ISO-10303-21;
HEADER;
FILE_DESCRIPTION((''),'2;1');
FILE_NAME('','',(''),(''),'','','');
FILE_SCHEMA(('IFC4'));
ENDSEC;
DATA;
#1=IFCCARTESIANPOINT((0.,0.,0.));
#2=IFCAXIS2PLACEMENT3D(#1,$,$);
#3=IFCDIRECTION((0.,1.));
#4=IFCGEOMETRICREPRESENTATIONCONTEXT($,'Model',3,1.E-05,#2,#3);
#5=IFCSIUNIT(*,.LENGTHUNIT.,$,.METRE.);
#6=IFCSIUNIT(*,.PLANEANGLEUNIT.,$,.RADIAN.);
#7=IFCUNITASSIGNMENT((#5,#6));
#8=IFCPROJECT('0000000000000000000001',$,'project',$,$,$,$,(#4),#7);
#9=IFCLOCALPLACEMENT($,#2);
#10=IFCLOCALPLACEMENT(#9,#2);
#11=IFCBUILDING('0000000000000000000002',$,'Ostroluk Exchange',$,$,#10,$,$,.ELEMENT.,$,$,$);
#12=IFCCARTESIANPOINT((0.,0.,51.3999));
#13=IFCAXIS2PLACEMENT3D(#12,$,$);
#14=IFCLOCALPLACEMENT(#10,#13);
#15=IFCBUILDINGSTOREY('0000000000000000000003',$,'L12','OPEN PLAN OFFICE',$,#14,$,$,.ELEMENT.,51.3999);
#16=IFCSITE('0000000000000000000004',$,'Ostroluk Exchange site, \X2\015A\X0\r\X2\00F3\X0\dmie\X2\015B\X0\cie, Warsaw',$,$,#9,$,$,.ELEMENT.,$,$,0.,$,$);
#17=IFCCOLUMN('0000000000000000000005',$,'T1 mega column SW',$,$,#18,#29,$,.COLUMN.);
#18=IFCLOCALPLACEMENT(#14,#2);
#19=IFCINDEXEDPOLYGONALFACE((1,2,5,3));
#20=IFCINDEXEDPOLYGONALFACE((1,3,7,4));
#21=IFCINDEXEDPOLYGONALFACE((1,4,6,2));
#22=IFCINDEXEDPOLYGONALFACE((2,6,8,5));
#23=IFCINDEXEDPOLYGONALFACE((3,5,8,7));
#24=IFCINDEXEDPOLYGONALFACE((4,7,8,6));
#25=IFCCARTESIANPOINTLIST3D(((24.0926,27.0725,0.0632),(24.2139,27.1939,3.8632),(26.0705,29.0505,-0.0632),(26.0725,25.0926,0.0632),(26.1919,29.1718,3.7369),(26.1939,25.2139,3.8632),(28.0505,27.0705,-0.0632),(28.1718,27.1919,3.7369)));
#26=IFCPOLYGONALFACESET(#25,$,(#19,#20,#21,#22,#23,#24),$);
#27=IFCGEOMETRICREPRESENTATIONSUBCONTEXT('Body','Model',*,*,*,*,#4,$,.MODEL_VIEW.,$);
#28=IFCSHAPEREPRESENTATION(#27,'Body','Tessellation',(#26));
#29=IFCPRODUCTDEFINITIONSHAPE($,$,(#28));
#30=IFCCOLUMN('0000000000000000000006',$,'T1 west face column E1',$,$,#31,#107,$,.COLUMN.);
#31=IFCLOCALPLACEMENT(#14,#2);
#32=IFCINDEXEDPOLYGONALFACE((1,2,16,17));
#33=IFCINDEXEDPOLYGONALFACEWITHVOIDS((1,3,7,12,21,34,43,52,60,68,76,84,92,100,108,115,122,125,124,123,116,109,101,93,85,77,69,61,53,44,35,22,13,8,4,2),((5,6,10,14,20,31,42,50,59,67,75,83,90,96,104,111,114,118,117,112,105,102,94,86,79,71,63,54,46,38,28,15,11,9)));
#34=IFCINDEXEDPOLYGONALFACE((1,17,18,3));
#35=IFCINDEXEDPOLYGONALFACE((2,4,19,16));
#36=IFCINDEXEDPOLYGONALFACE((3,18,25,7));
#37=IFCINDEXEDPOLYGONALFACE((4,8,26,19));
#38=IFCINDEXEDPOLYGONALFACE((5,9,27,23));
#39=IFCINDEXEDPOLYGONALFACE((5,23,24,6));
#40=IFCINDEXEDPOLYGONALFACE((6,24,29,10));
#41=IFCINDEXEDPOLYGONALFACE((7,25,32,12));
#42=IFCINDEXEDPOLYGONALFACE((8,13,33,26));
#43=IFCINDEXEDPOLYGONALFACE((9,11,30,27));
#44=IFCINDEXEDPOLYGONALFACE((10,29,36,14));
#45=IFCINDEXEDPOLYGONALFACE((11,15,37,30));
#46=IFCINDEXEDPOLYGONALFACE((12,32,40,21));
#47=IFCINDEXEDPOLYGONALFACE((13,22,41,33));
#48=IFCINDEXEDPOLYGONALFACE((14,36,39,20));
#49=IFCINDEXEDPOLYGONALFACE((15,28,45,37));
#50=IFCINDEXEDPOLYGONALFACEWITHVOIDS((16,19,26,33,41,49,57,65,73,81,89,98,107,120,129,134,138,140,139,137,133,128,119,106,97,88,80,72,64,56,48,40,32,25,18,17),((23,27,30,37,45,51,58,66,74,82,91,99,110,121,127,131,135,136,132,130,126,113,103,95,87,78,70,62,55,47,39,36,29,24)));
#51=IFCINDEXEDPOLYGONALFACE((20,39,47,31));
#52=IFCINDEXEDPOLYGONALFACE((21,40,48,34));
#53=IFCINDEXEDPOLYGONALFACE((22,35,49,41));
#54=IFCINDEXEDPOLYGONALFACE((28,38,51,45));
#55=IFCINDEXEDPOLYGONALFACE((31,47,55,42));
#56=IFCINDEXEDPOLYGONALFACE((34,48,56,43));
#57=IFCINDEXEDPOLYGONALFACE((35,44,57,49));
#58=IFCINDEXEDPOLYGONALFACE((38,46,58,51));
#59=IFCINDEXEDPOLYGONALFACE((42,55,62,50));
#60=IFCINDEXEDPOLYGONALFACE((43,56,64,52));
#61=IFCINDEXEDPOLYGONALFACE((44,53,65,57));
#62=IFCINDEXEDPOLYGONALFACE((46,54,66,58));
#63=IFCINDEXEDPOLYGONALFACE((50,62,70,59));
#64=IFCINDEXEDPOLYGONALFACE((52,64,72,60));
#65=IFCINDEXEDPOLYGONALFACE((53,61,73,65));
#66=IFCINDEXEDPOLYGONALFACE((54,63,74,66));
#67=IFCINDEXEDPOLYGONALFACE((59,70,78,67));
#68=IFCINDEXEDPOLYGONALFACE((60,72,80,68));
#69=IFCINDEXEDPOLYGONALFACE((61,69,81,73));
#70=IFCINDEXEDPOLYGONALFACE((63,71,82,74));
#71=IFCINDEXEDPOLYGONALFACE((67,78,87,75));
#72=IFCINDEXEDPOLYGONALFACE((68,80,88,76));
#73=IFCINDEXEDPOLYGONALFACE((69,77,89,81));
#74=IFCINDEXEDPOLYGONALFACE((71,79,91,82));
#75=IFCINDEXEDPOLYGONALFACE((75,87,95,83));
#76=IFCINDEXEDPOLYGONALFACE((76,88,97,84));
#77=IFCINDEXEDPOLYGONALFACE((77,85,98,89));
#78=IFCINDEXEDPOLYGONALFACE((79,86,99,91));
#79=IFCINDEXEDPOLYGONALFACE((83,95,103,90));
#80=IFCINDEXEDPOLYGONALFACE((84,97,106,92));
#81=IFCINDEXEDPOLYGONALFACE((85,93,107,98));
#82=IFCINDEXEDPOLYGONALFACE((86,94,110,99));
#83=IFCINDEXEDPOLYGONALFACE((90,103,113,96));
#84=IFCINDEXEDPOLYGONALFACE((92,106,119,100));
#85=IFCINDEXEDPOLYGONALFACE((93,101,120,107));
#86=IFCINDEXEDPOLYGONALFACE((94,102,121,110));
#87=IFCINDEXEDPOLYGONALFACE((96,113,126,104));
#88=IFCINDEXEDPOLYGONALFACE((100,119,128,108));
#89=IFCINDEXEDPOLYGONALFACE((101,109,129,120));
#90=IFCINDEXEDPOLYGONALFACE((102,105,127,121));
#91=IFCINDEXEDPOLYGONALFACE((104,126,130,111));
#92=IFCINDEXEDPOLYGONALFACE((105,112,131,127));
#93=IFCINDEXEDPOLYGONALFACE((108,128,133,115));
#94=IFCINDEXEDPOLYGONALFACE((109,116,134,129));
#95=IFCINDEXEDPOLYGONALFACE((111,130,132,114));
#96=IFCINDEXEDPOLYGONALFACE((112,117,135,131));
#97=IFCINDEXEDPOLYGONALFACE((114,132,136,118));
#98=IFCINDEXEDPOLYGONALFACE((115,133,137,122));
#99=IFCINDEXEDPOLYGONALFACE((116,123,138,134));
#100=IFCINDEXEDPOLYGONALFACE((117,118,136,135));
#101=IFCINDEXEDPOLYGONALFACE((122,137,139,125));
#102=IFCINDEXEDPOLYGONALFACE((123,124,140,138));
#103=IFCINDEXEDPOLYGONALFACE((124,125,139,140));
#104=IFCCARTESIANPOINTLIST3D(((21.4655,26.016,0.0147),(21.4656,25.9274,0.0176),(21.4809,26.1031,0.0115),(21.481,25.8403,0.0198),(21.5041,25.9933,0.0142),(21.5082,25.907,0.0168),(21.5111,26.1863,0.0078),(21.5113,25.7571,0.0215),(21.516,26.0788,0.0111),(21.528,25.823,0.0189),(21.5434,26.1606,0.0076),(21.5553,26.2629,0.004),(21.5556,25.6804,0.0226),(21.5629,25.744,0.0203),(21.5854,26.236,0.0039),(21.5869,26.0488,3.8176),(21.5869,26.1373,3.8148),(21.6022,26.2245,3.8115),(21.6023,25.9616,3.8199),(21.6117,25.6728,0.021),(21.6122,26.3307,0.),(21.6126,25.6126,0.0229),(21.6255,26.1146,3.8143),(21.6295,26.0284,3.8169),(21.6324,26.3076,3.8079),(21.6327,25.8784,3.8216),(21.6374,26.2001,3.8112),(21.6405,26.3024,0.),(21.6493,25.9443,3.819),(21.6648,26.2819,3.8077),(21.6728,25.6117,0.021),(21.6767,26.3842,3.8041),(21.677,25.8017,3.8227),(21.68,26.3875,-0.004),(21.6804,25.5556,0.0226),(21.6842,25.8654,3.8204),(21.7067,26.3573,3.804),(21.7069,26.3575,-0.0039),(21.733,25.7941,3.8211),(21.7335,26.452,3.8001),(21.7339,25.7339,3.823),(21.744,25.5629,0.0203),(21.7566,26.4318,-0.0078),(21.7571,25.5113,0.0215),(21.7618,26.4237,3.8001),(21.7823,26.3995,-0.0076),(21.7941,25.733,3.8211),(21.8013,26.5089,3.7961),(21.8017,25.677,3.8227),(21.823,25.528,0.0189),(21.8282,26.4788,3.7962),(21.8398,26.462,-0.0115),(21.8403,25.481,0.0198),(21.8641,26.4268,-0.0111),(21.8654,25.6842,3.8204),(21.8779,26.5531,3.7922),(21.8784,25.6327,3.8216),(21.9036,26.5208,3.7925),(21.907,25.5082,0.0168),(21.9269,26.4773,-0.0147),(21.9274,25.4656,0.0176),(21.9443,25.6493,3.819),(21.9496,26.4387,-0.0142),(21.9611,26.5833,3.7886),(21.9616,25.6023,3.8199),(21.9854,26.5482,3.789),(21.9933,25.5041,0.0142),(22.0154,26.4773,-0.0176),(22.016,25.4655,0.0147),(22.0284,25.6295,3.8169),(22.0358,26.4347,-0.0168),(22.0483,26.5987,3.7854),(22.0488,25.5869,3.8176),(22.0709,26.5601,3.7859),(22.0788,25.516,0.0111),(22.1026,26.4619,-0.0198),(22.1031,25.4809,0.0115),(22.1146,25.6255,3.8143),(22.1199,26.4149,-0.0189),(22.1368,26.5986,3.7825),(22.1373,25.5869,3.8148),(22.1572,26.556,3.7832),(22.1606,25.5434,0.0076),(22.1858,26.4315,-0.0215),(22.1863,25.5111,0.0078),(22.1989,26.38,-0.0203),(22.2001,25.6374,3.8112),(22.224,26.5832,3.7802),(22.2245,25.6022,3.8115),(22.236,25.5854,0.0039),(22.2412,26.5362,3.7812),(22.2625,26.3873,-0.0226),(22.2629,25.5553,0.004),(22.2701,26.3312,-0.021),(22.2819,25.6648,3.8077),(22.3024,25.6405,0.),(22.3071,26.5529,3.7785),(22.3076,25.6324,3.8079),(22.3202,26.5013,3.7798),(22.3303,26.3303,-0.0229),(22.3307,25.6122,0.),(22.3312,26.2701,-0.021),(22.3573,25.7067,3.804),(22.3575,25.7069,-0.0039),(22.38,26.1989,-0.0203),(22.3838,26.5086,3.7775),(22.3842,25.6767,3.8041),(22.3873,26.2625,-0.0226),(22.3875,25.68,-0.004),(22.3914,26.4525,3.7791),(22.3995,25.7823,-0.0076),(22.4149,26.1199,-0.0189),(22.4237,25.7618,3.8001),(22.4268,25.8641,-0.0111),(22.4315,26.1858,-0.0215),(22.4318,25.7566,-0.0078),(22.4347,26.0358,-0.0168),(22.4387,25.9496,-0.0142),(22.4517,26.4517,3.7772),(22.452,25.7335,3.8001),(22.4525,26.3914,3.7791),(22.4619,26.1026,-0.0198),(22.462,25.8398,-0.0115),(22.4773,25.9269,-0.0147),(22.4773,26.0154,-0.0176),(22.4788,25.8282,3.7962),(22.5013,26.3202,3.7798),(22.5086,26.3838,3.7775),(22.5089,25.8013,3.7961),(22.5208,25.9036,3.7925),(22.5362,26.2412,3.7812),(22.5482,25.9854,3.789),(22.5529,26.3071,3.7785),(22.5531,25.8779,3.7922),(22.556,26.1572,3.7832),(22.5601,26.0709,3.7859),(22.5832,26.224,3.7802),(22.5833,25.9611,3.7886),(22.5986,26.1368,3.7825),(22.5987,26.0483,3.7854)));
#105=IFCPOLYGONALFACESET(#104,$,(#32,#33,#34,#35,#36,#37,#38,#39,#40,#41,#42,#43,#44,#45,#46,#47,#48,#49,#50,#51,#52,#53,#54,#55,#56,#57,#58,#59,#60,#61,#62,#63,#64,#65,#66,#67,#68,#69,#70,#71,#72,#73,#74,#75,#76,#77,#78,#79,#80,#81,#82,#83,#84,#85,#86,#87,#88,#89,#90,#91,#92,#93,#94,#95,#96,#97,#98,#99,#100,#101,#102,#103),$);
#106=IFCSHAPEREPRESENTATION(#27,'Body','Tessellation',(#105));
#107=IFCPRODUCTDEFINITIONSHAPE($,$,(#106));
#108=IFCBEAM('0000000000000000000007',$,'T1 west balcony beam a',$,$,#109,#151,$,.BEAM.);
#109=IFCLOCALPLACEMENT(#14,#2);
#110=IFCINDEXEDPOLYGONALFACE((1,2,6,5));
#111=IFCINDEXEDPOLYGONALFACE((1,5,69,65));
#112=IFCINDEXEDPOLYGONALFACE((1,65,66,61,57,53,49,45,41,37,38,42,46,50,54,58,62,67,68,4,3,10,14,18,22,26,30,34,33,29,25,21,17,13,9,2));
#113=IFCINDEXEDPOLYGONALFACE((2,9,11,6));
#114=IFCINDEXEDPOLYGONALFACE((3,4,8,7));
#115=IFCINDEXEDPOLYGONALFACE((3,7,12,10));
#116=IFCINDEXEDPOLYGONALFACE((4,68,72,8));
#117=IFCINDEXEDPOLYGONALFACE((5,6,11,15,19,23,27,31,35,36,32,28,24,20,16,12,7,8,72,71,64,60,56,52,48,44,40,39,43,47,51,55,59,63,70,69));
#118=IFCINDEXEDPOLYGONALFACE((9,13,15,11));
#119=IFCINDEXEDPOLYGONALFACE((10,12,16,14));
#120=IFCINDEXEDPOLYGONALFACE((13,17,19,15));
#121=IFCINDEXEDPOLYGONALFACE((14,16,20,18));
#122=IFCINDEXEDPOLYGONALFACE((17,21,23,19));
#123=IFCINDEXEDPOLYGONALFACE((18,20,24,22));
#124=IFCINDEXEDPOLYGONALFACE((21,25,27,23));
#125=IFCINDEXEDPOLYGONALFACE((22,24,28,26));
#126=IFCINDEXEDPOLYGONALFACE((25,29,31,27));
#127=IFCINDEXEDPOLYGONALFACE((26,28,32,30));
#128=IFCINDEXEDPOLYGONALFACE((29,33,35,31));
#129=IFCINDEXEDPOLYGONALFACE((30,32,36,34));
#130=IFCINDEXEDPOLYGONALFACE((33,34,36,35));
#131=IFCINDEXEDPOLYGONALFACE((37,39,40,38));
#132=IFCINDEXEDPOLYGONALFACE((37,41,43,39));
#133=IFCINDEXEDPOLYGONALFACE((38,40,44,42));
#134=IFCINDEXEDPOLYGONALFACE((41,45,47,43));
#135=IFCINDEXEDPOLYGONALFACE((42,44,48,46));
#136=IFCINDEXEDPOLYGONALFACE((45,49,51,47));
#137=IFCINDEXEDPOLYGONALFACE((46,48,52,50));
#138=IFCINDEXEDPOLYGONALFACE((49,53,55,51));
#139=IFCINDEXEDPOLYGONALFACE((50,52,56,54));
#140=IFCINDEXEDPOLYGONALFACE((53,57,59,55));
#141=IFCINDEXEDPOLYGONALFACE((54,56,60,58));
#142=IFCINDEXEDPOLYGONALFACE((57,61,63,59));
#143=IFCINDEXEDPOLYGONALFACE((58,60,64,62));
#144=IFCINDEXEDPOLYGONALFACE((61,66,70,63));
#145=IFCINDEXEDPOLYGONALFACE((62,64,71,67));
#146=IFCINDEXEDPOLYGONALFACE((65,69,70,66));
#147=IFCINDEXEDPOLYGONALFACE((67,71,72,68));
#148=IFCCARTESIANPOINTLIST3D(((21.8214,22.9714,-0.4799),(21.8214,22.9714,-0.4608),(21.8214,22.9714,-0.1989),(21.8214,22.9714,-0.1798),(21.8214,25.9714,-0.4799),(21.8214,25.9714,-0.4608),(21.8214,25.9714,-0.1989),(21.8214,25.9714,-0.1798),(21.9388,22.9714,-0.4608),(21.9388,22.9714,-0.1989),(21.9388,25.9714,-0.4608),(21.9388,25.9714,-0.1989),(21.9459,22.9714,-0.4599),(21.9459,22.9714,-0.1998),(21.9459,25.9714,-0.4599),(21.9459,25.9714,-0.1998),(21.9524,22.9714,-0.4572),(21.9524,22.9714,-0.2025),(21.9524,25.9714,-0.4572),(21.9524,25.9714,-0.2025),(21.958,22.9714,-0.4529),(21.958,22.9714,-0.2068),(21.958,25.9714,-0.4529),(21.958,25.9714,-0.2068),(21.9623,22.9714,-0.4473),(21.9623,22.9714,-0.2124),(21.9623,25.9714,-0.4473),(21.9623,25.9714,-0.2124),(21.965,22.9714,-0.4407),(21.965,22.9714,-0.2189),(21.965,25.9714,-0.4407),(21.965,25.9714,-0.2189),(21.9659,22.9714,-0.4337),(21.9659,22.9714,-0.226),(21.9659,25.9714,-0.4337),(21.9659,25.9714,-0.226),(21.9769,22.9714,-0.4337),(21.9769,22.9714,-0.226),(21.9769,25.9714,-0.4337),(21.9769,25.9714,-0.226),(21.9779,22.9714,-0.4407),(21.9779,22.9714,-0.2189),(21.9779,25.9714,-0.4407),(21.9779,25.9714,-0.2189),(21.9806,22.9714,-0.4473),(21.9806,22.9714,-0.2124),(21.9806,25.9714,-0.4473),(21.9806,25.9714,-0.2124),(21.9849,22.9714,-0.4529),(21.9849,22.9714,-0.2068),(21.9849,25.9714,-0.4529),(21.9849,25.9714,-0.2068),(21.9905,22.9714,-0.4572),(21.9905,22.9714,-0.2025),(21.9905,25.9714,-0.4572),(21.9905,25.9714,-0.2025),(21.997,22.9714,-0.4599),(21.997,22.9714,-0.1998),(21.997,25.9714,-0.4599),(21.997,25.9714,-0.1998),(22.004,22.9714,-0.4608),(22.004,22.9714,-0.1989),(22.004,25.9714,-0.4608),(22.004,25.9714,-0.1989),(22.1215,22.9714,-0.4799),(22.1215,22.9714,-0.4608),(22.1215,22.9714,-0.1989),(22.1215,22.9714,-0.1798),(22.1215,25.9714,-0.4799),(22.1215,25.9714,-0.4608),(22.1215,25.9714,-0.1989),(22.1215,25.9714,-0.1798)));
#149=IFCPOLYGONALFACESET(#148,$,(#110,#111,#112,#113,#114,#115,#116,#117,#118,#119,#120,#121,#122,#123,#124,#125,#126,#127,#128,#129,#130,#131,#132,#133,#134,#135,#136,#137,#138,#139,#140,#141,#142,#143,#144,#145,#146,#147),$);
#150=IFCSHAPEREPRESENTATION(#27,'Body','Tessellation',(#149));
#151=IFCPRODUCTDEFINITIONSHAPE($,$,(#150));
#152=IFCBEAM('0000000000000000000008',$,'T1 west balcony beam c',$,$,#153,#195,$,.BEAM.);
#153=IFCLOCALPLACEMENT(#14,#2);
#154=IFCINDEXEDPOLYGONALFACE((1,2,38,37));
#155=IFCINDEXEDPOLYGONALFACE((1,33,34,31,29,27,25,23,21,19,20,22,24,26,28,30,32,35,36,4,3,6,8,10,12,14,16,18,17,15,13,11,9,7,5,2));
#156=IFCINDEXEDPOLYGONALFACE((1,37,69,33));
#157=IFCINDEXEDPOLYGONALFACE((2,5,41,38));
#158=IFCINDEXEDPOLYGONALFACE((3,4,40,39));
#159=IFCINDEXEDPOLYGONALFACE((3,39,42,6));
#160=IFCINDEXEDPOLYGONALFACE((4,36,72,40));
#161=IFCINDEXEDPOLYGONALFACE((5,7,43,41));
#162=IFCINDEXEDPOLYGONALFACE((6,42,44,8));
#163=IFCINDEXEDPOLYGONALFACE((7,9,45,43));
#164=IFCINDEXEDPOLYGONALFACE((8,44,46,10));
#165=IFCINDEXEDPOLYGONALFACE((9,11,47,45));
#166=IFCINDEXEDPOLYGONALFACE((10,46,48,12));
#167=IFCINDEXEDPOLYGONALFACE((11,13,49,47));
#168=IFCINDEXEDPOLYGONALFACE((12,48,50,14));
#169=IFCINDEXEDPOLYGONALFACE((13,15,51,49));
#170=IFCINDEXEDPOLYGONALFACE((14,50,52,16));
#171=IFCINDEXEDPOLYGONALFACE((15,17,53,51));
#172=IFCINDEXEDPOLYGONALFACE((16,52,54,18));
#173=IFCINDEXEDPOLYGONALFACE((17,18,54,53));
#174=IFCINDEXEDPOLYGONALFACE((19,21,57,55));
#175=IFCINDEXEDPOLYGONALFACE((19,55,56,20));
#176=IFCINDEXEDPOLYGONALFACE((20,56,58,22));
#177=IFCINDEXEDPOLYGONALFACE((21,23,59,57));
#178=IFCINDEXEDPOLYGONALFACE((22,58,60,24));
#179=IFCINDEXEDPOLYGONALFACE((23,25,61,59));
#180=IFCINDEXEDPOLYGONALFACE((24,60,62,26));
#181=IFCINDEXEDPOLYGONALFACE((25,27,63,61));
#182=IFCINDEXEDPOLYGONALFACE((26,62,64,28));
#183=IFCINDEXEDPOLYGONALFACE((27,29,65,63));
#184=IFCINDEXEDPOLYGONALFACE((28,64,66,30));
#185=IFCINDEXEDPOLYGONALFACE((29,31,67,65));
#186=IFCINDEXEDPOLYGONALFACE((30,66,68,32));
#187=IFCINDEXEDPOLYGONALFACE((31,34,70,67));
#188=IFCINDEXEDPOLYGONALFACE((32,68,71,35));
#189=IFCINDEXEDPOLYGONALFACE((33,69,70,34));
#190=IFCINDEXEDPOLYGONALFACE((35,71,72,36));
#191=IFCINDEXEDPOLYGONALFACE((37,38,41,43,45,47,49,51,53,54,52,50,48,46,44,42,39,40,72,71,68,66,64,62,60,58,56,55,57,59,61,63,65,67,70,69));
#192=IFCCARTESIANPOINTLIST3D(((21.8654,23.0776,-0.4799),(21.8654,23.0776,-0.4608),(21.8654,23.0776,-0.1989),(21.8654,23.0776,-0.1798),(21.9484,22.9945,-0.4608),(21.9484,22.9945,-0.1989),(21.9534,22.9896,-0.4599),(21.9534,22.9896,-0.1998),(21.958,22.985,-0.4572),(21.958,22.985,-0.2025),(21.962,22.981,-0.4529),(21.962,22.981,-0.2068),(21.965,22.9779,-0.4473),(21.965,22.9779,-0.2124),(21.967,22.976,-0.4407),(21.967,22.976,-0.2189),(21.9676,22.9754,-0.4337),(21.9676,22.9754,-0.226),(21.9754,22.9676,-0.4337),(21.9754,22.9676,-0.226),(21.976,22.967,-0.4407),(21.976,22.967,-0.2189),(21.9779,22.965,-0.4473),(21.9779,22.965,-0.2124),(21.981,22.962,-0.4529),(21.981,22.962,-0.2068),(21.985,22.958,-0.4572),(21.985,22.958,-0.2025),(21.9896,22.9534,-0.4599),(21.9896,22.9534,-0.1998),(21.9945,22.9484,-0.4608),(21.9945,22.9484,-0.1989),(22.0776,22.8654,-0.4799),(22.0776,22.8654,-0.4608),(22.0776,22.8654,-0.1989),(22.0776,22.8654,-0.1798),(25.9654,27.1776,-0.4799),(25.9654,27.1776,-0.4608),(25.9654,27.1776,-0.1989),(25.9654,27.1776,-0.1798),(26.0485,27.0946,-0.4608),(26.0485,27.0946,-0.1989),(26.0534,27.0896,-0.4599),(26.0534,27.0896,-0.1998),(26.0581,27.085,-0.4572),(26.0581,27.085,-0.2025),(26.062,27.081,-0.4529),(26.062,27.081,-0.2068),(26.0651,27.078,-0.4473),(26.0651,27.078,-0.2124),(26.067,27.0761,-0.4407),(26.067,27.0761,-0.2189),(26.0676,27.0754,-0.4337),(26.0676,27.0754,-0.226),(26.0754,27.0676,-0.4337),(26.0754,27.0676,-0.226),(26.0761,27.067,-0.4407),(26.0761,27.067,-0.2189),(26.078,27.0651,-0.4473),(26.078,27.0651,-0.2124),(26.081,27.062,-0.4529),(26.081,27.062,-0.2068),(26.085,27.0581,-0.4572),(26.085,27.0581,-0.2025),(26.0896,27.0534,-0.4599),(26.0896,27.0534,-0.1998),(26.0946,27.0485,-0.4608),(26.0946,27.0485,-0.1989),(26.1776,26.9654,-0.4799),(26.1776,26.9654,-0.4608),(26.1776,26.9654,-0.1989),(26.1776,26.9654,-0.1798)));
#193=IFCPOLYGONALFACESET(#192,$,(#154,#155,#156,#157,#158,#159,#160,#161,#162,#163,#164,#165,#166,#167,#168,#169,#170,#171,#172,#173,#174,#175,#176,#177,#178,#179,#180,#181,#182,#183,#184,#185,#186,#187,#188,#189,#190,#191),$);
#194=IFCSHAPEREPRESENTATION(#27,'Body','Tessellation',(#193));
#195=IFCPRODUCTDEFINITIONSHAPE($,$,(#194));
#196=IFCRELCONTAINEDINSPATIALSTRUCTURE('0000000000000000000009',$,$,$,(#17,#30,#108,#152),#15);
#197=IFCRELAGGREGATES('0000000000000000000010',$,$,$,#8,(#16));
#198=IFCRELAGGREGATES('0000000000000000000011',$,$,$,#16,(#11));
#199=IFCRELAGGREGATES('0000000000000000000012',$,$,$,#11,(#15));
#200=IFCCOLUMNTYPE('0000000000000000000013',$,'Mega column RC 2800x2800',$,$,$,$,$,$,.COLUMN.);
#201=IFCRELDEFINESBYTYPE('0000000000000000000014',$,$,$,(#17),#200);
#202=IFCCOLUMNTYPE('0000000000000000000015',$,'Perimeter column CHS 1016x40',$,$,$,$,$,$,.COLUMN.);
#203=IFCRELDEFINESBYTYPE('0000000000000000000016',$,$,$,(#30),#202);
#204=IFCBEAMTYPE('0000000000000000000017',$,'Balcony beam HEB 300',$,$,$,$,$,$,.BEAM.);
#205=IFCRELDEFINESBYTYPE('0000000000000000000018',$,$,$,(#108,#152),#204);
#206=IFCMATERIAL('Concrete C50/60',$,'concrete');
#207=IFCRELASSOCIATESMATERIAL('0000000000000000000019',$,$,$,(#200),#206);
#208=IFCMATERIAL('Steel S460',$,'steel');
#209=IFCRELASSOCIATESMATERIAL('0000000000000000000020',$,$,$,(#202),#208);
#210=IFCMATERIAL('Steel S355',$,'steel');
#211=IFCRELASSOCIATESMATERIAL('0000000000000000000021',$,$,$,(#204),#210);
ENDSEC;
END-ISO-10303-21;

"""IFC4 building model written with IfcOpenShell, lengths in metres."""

from ifc_helpers import new_model, si_unit, direction, frame, origin, origin_2d, place, context, subcontext, project, spatial, rectangle, hollow_circle, i_section, extrude, material, material_profile, profile_set, type_object, element, save


model = new_model("IFC4")

# Units and contexts
model_context = context("Model", 3, precision=1e-05, world=origin(), true_north=direction((0.0, 1.0)))
body_context = subcontext(model_context, "Body", "Model", "MODEL_VIEW")
ifc_project = project(units=[si_unit("LENGTHUNIT", "METRE"), si_unit("PLANEANGLEUNIT", "RADIAN")], contexts=[model_context])

# Site, building, storey
site_placement = place(None, origin())
site = spatial("IfcSite", under=ifc_project, at=site_placement, Name="Ostroluk Exchange site, Śródmieście, Warsaw", CompositionType="ELEMENT", RefElevation=0.0)
building_placement = place(site_placement, origin())
building = spatial("IfcBuilding", under=site, at=building_placement, Name="Ostroluk Exchange", CompositionType="ELEMENT")
storey_placement = place(building_placement, frame((0.0, 0.0, 51.3999)))
storey = spatial("IfcBuildingStorey", under=building, at=storey_placement, Name="L12", Description="OPEN PLAN OFFICE", CompositionType="ELEMENT", Elevation=51.3999)

# Columns
ifc_material_1 = material(Name="Concrete C50/60", Category="concrete")
ifc_material_profile_1 = material_profile(ifc_material_1, rectangle(XDim=2.8, YDim=2.8, at=origin_2d()), Name="RC 2800x2800")
ifc_profile_set_1 = profile_set([ifc_material_profile_1], Name="Concrete C50/60")
column_type_1 = type_object("IfcColumnType", Name="Mega column RC 2800x2800", PredefinedType="COLUMN", material=ifc_profile_set_1)
column_1_placement = place(storey_placement, frame((26.0715, 27.0715, 0.0), z_axis=(0.031898, 0.031898, 0.998982), x_axis=(-0.707107, 0.707107, 0.0)))
element("IfcColumn", 1, at=column_1_placement, inside=storey, type_object=column_type_1, Name="T1 mega column SW", PredefinedType="COLUMN", context=body_context, shape_type="SweptSolid", body=[
    extrude(rectangle(XDim=2.8, YDim=2.8, at=origin_2d()), origin(), (0.0, 0.0, 1.0), 3.804),
])
ifc_material_2 = material(Name="Steel S460", Category="steel")
ifc_material_profile_2 = material_profile(ifc_material_2, hollow_circle(Radius=0.5081, WallThickness=0.04, at=origin_2d()), Name="CHS 1016x40")
ifc_profile_set_2 = profile_set([ifc_material_profile_2], Name="Steel S460")
column_type_2 = type_object("IfcColumnType", Name="Perimeter column CHS 1016x40", PredefinedType="COLUMN", material=ifc_profile_set_2)
column_2_placement = place(storey_placement, frame((21.9714, 25.9714, 0.0), z_axis=(0.031898, 0.031898, 0.998982), x_axis=(-0.707107, 0.707107, 0.0)))
element("IfcColumn", 2, at=column_2_placement, inside=storey, type_object=column_type_2, Name="T1 west face column E1", PredefinedType="COLUMN", context=body_context, shape_type="SweptSolid", body=[
    extrude(hollow_circle(Radius=0.5081, WallThickness=0.04, at=origin_2d()), origin(), (0.0, 0.0, 1.0), 3.804),
])

# Beams
ifc_material_3 = material(Name="Steel S355", Category="steel")
ifc_material_profile_3 = material_profile(ifc_material_3, i_section(OverallWidth=0.3, OverallDepth=0.3, WebThickness=0.011, FlangeThickness=0.019, FilletRadius=0.0271, at=origin_2d()), Name="HEB 300")
ifc_profile_set_3 = profile_set([ifc_material_profile_3], Name="Steel S355")
beam_type_1 = type_object("IfcBeamType", Name="Balcony beam HEB 300", PredefinedType="BEAM", material=ifc_profile_set_3)
beam_1_placement = place(storey_placement, frame((21.9714, 25.9714, -0.3298), z_axis=(0.0, -1.0, 0.0), x_axis=(1.0, 0.0, 0.0)))
element("IfcBeam", 3, at=beam_1_placement, inside=storey, type_object=beam_type_1, Name="T1 west balcony beam a", PredefinedType="BEAM", context=body_context, shape_type="SweptSolid", body=[
    extrude(i_section(OverallWidth=0.3, OverallDepth=0.3, WebThickness=0.011, FlangeThickness=0.019, FilletRadius=0.0271, at=origin_2d()), origin(), (0.0, 0.0, 1.0), 3.0),
])
beam_2_placement = place(storey_placement, frame((26.0715, 27.0715, -0.3298), z_axis=(-0.707107, -0.707107, 0.0), x_axis=(0.707107, -0.707107, 0.0)))
element("IfcBeam", 4, at=beam_2_placement, inside=storey, type_object=beam_type_1, Name="T1 west balcony beam c", PredefinedType="BEAM", context=body_context, shape_type="SweptSolid", body=[
    extrude(i_section(OverallWidth=0.3, OverallDepth=0.3, WebThickness=0.011, FlangeThickness=0.019, FilletRadius=0.0271, at=origin_2d()), origin(), (0.0, 0.0, 1.0), 5.7983),
])

save(model, "model.ifc")
